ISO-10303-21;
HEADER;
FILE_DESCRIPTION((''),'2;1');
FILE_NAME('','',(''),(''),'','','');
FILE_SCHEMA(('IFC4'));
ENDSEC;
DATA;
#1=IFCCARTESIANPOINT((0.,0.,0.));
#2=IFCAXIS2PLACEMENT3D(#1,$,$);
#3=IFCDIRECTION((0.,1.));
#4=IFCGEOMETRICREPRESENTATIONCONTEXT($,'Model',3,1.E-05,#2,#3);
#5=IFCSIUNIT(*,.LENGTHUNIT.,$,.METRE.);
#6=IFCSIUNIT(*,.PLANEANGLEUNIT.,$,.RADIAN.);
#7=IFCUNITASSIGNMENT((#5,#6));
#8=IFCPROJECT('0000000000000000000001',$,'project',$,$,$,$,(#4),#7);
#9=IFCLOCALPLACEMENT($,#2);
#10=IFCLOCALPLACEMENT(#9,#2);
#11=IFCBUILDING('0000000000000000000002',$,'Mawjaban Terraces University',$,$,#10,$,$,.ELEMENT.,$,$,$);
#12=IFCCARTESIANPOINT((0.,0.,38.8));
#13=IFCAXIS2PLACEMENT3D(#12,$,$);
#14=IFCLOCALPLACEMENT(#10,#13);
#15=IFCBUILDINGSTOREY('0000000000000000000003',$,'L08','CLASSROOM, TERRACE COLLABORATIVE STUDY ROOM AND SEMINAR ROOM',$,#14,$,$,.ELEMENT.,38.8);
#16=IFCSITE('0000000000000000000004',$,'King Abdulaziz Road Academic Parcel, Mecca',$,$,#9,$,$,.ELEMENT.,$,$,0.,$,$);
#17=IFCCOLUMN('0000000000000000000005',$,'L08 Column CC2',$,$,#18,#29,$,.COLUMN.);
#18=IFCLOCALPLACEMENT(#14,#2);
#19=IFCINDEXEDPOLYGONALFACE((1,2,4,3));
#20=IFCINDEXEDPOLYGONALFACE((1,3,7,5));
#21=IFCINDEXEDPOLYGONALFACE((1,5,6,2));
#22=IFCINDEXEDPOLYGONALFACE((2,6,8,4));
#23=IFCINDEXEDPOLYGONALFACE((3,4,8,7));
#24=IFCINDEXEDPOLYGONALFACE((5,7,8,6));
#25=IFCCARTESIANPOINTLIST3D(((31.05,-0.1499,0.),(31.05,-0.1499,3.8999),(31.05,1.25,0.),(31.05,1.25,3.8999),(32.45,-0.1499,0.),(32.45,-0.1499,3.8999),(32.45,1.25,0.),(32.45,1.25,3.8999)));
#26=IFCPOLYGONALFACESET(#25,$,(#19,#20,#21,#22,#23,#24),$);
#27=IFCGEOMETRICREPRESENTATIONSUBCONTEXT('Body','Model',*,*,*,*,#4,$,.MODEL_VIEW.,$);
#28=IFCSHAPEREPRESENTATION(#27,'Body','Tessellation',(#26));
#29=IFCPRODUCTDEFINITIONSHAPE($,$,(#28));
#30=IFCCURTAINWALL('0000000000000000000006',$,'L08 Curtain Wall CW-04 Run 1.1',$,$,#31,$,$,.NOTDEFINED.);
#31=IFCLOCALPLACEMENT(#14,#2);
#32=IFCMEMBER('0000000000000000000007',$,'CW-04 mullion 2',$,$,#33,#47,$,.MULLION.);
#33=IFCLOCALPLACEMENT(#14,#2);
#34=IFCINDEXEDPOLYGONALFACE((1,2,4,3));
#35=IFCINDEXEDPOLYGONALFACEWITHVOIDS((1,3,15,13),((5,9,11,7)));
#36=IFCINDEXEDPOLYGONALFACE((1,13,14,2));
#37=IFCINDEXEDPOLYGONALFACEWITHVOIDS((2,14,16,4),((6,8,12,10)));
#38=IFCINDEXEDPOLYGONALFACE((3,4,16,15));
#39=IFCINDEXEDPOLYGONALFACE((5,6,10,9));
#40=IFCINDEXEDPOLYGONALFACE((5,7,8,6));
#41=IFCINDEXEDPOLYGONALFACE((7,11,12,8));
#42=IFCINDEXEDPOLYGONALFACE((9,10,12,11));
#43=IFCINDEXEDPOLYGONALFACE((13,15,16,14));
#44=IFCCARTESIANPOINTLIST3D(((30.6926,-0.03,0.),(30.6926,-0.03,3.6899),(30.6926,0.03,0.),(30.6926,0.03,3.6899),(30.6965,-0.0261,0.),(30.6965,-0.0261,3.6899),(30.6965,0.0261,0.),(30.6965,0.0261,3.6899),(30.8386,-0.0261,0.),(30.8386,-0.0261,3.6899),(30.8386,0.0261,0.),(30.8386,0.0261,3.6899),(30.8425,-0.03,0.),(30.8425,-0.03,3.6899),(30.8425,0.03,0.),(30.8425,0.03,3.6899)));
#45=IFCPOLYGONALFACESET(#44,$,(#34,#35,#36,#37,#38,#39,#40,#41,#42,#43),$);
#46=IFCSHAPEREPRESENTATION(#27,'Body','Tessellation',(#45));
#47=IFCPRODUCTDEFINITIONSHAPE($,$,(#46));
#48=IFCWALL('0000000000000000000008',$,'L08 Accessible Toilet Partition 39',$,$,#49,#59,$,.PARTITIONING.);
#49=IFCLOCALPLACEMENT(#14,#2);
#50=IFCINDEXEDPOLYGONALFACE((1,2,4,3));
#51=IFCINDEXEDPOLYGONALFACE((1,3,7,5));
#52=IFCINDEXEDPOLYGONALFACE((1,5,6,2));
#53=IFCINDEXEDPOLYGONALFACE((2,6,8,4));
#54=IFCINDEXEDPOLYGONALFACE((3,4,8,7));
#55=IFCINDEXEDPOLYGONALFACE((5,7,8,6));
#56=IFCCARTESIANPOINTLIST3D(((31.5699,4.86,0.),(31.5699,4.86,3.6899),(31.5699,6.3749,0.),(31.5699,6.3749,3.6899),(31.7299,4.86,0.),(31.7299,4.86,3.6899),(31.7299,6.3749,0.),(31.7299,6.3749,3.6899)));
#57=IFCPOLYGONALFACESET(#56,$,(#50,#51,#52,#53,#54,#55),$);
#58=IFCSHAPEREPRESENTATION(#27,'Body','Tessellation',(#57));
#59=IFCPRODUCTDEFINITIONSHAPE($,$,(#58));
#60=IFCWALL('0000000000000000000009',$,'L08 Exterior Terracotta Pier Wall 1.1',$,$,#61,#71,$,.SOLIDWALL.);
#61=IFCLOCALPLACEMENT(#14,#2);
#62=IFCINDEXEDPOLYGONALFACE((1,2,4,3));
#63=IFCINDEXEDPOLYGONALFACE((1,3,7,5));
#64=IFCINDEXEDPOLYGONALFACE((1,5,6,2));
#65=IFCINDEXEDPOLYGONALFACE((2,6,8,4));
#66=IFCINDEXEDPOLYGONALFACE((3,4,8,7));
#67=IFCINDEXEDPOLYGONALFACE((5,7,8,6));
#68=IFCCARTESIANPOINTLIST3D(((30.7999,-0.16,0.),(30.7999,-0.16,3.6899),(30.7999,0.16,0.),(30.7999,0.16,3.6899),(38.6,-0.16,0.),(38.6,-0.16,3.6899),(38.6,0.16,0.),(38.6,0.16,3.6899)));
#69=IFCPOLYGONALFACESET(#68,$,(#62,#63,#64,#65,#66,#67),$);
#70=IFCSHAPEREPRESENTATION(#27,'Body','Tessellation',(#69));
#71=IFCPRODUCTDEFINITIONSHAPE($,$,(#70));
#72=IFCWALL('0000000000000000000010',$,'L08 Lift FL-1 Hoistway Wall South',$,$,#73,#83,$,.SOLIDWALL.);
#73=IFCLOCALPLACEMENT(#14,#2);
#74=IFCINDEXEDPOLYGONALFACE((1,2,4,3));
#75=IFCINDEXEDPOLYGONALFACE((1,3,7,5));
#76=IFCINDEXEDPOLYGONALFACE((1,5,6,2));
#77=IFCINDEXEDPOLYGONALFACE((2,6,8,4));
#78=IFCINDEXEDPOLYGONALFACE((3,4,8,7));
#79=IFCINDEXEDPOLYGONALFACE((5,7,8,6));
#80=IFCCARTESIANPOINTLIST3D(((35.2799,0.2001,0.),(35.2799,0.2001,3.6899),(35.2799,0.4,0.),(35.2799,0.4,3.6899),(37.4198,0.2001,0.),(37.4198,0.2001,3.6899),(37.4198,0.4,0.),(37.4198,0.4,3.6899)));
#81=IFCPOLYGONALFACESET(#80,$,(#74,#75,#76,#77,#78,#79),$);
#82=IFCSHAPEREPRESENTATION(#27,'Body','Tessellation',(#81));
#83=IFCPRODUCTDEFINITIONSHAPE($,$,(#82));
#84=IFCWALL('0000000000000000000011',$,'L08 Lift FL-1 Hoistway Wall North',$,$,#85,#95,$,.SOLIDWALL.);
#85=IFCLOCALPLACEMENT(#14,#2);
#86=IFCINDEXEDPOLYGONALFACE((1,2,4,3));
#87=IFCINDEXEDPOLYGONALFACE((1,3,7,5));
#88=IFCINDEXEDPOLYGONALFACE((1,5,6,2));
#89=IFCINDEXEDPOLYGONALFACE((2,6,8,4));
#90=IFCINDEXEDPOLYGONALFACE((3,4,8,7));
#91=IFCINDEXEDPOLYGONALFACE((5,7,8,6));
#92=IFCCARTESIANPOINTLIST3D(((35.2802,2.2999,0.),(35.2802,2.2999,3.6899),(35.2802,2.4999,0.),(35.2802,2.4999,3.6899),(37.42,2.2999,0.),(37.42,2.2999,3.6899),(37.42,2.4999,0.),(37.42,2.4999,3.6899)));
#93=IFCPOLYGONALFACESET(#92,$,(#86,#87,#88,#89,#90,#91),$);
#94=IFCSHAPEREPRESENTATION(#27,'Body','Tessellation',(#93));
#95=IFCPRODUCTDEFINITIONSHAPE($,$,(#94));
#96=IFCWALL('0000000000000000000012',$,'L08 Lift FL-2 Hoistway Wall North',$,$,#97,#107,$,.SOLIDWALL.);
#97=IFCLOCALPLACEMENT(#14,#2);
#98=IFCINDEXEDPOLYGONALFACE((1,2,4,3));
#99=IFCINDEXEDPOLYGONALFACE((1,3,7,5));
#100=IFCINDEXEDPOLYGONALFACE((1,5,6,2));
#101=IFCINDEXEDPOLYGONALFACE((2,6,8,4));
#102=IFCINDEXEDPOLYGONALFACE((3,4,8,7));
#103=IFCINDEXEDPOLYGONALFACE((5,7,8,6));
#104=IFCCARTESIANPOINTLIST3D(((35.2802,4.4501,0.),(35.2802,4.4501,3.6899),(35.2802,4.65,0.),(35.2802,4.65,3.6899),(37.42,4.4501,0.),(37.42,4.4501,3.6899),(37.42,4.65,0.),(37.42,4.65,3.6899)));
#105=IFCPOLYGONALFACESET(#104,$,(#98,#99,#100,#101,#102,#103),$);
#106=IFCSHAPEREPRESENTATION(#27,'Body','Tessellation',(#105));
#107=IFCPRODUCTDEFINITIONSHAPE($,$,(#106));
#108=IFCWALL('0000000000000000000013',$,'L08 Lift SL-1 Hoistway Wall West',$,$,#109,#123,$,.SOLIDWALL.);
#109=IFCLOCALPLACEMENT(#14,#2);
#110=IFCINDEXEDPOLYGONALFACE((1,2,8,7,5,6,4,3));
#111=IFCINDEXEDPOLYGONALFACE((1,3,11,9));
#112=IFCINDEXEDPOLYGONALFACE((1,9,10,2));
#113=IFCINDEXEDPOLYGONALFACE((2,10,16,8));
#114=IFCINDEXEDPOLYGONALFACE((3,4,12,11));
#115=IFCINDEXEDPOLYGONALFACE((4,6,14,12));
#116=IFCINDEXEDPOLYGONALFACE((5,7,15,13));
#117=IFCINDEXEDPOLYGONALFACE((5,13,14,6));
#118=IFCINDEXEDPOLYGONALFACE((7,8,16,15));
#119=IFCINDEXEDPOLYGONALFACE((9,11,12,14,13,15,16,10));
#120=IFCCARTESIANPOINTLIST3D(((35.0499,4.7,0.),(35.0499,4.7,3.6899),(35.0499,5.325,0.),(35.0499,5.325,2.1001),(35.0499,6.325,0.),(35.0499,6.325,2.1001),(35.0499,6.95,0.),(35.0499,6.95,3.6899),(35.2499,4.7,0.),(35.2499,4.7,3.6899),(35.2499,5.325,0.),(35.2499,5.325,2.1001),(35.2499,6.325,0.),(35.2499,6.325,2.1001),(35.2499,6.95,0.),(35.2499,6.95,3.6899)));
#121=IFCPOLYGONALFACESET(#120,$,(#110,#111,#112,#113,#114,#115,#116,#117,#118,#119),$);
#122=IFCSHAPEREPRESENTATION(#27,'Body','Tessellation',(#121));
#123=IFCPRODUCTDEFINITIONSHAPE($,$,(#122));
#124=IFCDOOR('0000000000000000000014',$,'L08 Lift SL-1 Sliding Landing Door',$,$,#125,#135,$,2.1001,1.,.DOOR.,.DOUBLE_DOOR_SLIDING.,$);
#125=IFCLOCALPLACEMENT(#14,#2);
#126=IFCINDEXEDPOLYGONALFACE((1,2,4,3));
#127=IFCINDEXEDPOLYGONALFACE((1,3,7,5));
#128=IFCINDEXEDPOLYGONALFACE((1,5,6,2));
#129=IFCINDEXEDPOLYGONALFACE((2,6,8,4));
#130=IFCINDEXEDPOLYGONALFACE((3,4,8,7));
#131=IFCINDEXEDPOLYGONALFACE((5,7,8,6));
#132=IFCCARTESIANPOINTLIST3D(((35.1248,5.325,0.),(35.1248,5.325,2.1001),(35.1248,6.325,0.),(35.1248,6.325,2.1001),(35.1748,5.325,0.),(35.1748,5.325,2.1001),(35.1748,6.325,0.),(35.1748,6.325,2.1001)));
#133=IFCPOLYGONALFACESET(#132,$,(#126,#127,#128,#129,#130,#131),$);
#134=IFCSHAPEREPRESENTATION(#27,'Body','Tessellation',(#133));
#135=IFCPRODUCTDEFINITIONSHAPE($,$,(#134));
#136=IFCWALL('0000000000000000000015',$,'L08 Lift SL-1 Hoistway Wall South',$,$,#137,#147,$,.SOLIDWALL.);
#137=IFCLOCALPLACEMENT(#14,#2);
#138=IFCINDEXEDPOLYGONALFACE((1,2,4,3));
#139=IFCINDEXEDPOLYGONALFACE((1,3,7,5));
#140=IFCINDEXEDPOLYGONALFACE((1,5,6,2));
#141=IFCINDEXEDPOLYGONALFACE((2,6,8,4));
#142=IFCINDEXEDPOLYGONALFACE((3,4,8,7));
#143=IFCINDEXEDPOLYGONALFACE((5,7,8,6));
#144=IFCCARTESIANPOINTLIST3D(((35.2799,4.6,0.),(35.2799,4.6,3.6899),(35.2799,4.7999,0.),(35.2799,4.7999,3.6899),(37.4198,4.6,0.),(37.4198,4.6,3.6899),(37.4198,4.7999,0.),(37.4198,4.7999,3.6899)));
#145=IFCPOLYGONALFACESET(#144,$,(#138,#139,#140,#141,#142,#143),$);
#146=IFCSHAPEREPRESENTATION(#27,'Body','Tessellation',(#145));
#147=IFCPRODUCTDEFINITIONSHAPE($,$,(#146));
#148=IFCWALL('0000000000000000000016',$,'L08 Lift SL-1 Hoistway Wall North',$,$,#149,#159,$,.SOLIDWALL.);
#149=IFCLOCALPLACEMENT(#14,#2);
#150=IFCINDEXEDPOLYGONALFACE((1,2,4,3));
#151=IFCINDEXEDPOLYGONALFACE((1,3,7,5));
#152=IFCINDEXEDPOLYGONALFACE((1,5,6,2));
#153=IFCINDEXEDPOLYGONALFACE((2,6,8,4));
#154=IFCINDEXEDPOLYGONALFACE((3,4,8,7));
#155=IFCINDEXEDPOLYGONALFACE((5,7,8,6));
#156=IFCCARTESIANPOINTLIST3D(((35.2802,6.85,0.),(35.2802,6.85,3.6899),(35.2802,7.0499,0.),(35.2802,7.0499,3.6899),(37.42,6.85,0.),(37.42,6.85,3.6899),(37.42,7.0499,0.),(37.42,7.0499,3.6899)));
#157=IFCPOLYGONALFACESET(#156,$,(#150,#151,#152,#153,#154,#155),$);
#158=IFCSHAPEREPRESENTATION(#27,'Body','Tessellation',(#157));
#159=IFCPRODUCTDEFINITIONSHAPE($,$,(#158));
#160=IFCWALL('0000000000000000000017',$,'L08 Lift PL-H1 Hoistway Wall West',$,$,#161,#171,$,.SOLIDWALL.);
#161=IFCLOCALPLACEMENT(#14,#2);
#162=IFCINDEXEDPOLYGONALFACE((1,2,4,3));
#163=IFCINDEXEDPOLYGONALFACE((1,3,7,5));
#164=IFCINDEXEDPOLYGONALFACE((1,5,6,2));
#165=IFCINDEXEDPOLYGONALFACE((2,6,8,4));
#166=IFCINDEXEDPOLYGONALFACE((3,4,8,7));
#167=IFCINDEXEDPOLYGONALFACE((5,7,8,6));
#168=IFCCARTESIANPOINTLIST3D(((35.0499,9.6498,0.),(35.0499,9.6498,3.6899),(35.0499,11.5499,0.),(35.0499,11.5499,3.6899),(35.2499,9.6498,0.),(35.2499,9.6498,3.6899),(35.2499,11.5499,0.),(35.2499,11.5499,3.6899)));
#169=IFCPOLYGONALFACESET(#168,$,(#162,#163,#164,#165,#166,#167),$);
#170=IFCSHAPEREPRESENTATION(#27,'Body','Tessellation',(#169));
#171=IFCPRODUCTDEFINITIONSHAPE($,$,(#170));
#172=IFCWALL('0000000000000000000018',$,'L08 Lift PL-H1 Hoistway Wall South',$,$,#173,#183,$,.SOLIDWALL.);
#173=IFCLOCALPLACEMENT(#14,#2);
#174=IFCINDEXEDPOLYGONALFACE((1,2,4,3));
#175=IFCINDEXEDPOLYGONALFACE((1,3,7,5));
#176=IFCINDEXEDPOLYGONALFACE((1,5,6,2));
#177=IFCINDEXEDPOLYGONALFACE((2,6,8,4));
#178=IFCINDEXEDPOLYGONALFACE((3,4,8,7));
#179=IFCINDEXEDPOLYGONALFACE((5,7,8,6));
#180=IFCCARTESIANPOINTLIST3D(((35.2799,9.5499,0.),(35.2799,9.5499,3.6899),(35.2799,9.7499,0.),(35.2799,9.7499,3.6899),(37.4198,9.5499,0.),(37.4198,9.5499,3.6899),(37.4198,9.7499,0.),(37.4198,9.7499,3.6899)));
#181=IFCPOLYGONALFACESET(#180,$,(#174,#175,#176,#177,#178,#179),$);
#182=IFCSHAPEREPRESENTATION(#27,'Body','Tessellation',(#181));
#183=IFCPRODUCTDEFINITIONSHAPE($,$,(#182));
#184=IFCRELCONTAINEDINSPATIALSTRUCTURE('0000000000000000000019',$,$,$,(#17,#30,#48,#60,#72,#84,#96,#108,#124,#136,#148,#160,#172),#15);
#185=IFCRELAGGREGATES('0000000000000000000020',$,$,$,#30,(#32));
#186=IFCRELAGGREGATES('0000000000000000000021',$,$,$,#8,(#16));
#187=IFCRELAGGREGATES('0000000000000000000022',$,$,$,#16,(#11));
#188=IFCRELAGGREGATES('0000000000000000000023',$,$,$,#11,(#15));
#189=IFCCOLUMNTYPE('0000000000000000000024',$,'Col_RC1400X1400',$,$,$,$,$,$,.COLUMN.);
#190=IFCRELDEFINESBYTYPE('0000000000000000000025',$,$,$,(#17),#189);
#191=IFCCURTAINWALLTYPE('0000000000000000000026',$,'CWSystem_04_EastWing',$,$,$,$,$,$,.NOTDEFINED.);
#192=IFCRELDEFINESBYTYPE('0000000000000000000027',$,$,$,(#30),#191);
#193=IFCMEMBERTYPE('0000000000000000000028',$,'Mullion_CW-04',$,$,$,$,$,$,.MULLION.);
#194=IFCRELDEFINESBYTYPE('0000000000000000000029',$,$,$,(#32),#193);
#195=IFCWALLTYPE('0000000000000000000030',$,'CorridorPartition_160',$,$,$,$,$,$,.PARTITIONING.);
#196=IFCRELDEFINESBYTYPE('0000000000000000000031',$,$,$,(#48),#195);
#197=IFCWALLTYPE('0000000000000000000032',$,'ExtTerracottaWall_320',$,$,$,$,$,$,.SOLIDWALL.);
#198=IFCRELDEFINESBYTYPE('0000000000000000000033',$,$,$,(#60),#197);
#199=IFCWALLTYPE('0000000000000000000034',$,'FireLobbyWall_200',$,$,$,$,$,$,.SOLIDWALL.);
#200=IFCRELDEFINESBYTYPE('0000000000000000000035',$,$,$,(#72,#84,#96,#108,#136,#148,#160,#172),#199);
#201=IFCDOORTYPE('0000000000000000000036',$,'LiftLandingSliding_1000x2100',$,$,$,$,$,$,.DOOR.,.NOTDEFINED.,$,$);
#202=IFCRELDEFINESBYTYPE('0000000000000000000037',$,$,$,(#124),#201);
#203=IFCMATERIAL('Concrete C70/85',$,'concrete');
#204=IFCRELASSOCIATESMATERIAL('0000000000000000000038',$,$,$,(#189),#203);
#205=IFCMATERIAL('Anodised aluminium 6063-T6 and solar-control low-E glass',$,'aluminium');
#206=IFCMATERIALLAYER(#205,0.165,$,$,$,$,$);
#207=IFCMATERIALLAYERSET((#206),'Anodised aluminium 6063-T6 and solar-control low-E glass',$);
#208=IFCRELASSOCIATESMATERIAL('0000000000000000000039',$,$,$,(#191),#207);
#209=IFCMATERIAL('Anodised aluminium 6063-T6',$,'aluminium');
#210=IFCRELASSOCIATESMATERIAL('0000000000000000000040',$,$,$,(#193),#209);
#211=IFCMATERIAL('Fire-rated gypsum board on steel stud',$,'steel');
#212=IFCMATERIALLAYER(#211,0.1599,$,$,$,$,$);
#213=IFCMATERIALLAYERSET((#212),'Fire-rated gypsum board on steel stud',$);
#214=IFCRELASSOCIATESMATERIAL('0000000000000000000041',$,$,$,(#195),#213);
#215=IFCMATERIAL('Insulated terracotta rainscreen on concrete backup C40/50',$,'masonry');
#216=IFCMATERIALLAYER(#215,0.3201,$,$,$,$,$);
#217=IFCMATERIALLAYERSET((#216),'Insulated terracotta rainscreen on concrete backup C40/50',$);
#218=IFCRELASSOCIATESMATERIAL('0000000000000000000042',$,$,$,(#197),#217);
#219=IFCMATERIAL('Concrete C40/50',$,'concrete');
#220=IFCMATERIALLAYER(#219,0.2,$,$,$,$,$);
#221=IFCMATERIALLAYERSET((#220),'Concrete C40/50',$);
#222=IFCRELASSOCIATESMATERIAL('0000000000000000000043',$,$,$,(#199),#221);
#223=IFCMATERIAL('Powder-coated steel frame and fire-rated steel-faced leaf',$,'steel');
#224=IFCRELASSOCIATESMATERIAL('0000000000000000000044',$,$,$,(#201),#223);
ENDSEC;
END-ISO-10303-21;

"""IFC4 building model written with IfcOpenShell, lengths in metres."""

from ifc_helpers import new_model, si_unit, direction, frame, frame_2d, origin, origin_2d, place, context, subcontext, project, spatial, rectangle, hollow_rectangle, extrude, material, layer, layer_set, material_profile, profile_set, type_object, element, fill, aggregate, save


model = new_model("IFC4")

# Units and contexts
model_context = context("Model", 3, precision=1e-05, world=origin(), true_north=direction((0.0, 1.0)))
body_context = subcontext(model_context, "Body", "Model", "MODEL_VIEW")
ifc_project = project(units=[si_unit("LENGTHUNIT", "METRE"), si_unit("PLANEANGLEUNIT", "RADIAN")], contexts=[model_context])

# Site, building, storey
site_placement = place(None, origin())
site = spatial("IfcSite", under=ifc_project, at=site_placement, Name="King Abdulaziz Road Academic Parcel, Mecca", CompositionType="ELEMENT", RefElevation=0.0)
building_placement = place(site_placement, origin())
building = spatial("IfcBuilding", under=site, at=building_placement, Name="Mawjaban Terraces University", CompositionType="ELEMENT")
storey_placement = place(building_placement, frame((0.0, 0.0, 38.8)))
storey = spatial("IfcBuildingStorey", under=building, at=storey_placement, Name="L08", Description="CLASSROOM, TERRACE COLLABORATIVE STUDY ROOM AND SEMINAR ROOM", CompositionType="ELEMENT", Elevation=38.8)

# Column
ifc_material_1 = material(Name="Concrete C70/85", Category="concrete")
ifc_material_profile_1 = material_profile(ifc_material_1, rectangle(XDim=1.3999, YDim=1.3999, at=origin_2d()), Name="RC1400X1400")
ifc_profile_set_1 = profile_set([ifc_material_profile_1], Name="Concrete C70/85")
column_type = type_object("IfcColumnType", Name="Col_RC1400X1400", PredefinedType="COLUMN", material=ifc_profile_set_1)
column_placement = place(storey_placement, frame((31.75, 0.55, 0.0), z_axis=(0.0, 0.0, 1.0), x_axis=(1.0, 0.0, 0.0)))
element("IfcColumn", 1, at=column_placement, inside=storey, type_object=column_type, Name="L08 Column CC2", PredefinedType="COLUMN", context=body_context, shape_type="SweptSolid", body=[
    extrude(rectangle(XDim=1.3999, YDim=1.3999, at=origin_2d()), origin(), (0.0, 0.0, 1.0), 3.8999),
])

# Curtain wall, member
ifc_material_2 = material(Name="Anodised aluminium 6063-T6 and solar-control low-E glass", Category="aluminium")
ifc_layer_1 = layer(ifc_material_2, 0.165)
ifc_layer_set_1 = layer_set([ifc_layer_1], Name="Anodised aluminium 6063-T6 and solar-control low-E glass")
curtain_wall_type = type_object("IfcCurtainWallType", Name="CWSystem_04_EastWing", PredefinedType="NOTDEFINED", material=ifc_layer_set_1)
curtain_wall_placement = place(storey_placement, origin())
curtain_wall = element("IfcCurtainWall", 2, at=curtain_wall_placement, inside=storey, type_object=curtain_wall_type, Name="L08 Curtain Wall CW-04 Run 1.1", PredefinedType="NOTDEFINED")
ifc_material_3 = material(Name="Anodised aluminium 6063-T6", Category="aluminium")
ifc_material_profile_2 = material_profile(ifc_material_3, hollow_rectangle(XDim=0.0601, YDim=0.1499, WallThickness=0.0039, at=origin_2d()), Name="ALU150X60X4")
ifc_profile_set_2 = profile_set([ifc_material_profile_2], Name="Anodised aluminium 6063-T6")
member_type = type_object("IfcMemberType", Name="Mullion_CW-04", PredefinedType="MULLION", material=ifc_profile_set_2)
member_placement = place(storey_placement, frame((30.7676, 0.0, 0.0), z_axis=(0.0, 0.0, 1.0), x_axis=(0.0, 1.0, 0.0)))
member = element("IfcMember", 3, at=member_placement, type_object=member_type, Name="CW-04 mullion 2", PredefinedType="MULLION", context=body_context, shape_type="SweptSolid", body=[
    extrude(hollow_rectangle(XDim=0.0601, YDim=0.1499, WallThickness=0.0039, at=origin_2d()), origin(), (0.0, 0.0, 1.0), 3.6899),
])
aggregate(curtain_wall, [member])

# Walls
ifc_material_4 = material(Name="Fire-rated gypsum board on steel stud", Category="steel")
ifc_layer_2 = layer(ifc_material_4, 0.1599)
ifc_layer_set_2 = layer_set([ifc_layer_2], Name="Fire-rated gypsum board on steel stud")
wall_type_1 = type_object("IfcWallType", Name="CorridorPartition_160", PredefinedType="PARTITIONING", material=ifc_layer_set_2)
wall_1_placement = place(storey_placement, frame((31.6499, 4.8601, 0.0), z_axis=(0.0, 0.0, 1.0), x_axis=(0.0, 1.0, 0.0)))
element("IfcWall", 4, at=wall_1_placement, inside=storey, type_object=wall_type_1, Name="L08 Accessible Toilet Partition 39", PredefinedType="PARTITIONING", context=body_context, shape_type="SweptSolid", body=[
    extrude(rectangle(XDim=1.5149, YDim=0.1599, at=frame_2d((0.7573, 0.0))), origin(), (0.0, 0.0, 1.0), 3.6899),
])
ifc_material_5 = material(Name="Insulated terracotta rainscreen on concrete backup C40/50", Category="masonry")
ifc_layer_3 = layer(ifc_material_5, 0.3201)
ifc_layer_set_3 = layer_set([ifc_layer_3], Name="Insulated terracotta rainscreen on concrete backup C40/50")
wall_type_2 = type_object("IfcWallType", Name="ExtTerracottaWall_320", PredefinedType="SOLIDWALL", material=ifc_layer_set_3)
wall_2_placement = place(storey_placement, frame((30.8, 0.0, 0.0), z_axis=(0.0, 0.0, 1.0), x_axis=(1.0, 0.0, 0.0)))
element("IfcWall", 5, at=wall_2_placement, inside=storey, type_object=wall_type_2, Name="L08 Exterior Terracotta Pier Wall 1.1", PredefinedType="SOLIDWALL", context=body_context, shape_type="SweptSolid", body=[
    extrude(rectangle(XDim=7.8, YDim=0.3201, at=frame_2d((3.8999, 0.0))), origin(), (0.0, 0.0, 1.0), 3.6899),
])

# Shared definitions
ifc_material_6 = material(Name="Concrete C40/50", Category="concrete")
ifc_layer_4 = layer(ifc_material_6, 0.2)
ifc_layer_set_4 = layer_set([ifc_layer_4], Name="Concrete C40/50")
wall_type_3 = type_object("IfcWallType", Name="FireLobbyWall_200", PredefinedType="SOLIDWALL", material=ifc_layer_set_4)
ifc_material_7 = material(Name="Powder-coated steel frame and fire-rated steel-faced leaf", Category="steel")

# Walls
for number, where, z_axis, x_axis, name in (
    (6, (35.28, 0.3, 0.0), (0.0, 0.0, 1.0), (1.0, 0.0, 0.0), "L08 Lift FL-1 Hoistway Wall South"),
    (7, (37.4199, 2.3999, 0.0), (0.0, 0.0, 1.0), (-1.0, 0.0, 0.0), "L08 Lift FL-1 Hoistway Wall North"),
):
    element("IfcWall", number, at=place(storey_placement, frame(where, z_axis=z_axis, x_axis=x_axis)), inside=storey, type_object=wall_type_3, Name=name, PredefinedType="SOLIDWALL", context=body_context, shape_type="SweptSolid", body=[
        extrude(rectangle(XDim=2.1399, YDim=0.2, at=frame_2d((1.0698, 0.0))), origin(), (0.0, 0.0, 1.0), 3.6899),
    ])

# Wall
wall_3_placement = place(storey_placement, frame((37.4199, 4.55, 0.0), z_axis=(0.0, 0.0, 1.0), x_axis=(-1.0, 0.0, 0.0)))
element("IfcWall", 8, at=wall_3_placement, inside=storey, type_object=wall_type_3, Name="L08 Lift FL-2 Hoistway Wall North", PredefinedType="SOLIDWALL", context=body_context, shape_type="SweptSolid", body=[
    extrude(rectangle(XDim=2.1399, YDim=0.2, at=frame_2d((1.0698, 0.0))), origin(), (0.0, 0.0, 1.0), 3.6899),
])

# Wall, opening, door
wall_4_placement = place(storey_placement, frame((35.1499, 6.95, 0.0), z_axis=(0.0, 0.0, 1.0), x_axis=(0.0, -1.0, 0.0)))
wall_4 = element("IfcWall", 9, at=wall_4_placement, inside=storey, type_object=wall_type_3, Name="L08 Lift SL-1 Hoistway Wall West", PredefinedType="SOLIDWALL", context=body_context, shape_type="SweptSolid", body=[
    extrude(rectangle(XDim=2.25, YDim=0.2, at=frame_2d((1.125, 0.0))), origin(), (0.0, 0.0, 1.0), 3.6899),
])
opening_1_placement = place(wall_4_placement, frame((0.625, 0.0, 0.0)))
opening_1 = element("IfcOpeningElement", 10, at=opening_1_placement, cuts=wall_4, PredefinedType="OPENING", context=body_context, shape_type="SweptSolid", body=[
    extrude(rectangle(XDim=1.0, YDim=2.1001, at=frame_2d((0.5, 1.05))), frame((0.0, 0.1099, 0.0), z_axis=(0.0, -1.0, 0.0), x_axis=(1.0, 0.0, 0.0)), (0.0, 0.0, 1.0), 0.22),
])
door_type_1 = type_object("IfcDoorType", Name="LiftLandingSliding_1000x2100", OperationType="NOTDEFINED", PredefinedType="DOOR", material=ifc_material_7)
door_1_placement = place(opening_1_placement, origin())
door_1 = element("IfcDoor", 11, at=door_1_placement, inside=storey, type_object=door_type_1, Name="L08 Lift SL-1 Sliding Landing Door", OperationType="DOUBLE_DOOR_SLIDING", OverallHeight=2.1001, OverallWidth=1.0, PredefinedType="DOOR", context=body_context, shape_type="SweptSolid", body=[
    extrude(rectangle(XDim=1.0, YDim=2.1001, at=frame_2d((0.5, 1.05))), frame((0.0, 0.0249, 0.0), z_axis=(0.0, -1.0, 0.0), x_axis=(1.0, 0.0, 0.0)), (0.0, 0.0, 1.0), 0.05),
])
fill(opening_1, door_1)

# Walls
for number, where, z_axis, x_axis, name in (
    (12, (35.28, 4.7, 0.0), (0.0, 0.0, 1.0), (1.0, 0.0, 0.0), "L08 Lift SL-1 Hoistway Wall South"),
    (13, (37.4199, 6.95, 0.0), (0.0, 0.0, 1.0), (-1.0, 0.0, 0.0), "L08 Lift SL-1 Hoistway Wall North"),
):
    element("IfcWall", number, at=place(storey_placement, frame(where, z_axis=z_axis, x_axis=x_axis)), inside=storey, type_object=wall_type_3, Name=name, PredefinedType="SOLIDWALL", context=body_context, shape_type="SweptSolid", body=[
        extrude(rectangle(XDim=2.1399, YDim=0.2, at=frame_2d((1.0698, 0.0))), origin(), (0.0, 0.0, 1.0), 3.6899),
    ])
wall_5_placement = place(storey_placement, frame((35.1499, 11.55, 0.0), z_axis=(0.0, 0.0, 1.0), x_axis=(0.0, -1.0, 0.0)))
element("IfcWall", 14, at=wall_5_placement, inside=storey, type_object=wall_type_3, Name="L08 Lift PL-H1 Hoistway Wall West", PredefinedType="SOLIDWALL", context=body_context, shape_type="SweptSolid", body=[
    extrude(rectangle(XDim=1.9001, YDim=0.2, at=frame_2d((0.9502, 0.0))), origin(), (0.0, 0.0, 1.0), 3.6899),
])
for number, where, z_axis, x_axis, name in (
    (15, (35.28, 9.6499, 0.0), (0.0, 0.0, 1.0), (1.0, 0.0, 0.0), "L08 Lift PL-H1 Hoistway Wall South"),
):
    element("IfcWall", number, at=place(storey_placement, frame(where, z_axis=z_axis, x_axis=x_axis)), inside=storey, type_object=wall_type_3, Name=name, PredefinedType="SOLIDWALL", context=body_context, shape_type="SweptSolid", body=[
        extrude(rectangle(XDim=2.1399, YDim=0.2, at=frame_2d((1.0698, 0.0))), origin(), (0.0, 0.0, 1.0), 3.6899),
    ])

save(model, "model.ifc")
